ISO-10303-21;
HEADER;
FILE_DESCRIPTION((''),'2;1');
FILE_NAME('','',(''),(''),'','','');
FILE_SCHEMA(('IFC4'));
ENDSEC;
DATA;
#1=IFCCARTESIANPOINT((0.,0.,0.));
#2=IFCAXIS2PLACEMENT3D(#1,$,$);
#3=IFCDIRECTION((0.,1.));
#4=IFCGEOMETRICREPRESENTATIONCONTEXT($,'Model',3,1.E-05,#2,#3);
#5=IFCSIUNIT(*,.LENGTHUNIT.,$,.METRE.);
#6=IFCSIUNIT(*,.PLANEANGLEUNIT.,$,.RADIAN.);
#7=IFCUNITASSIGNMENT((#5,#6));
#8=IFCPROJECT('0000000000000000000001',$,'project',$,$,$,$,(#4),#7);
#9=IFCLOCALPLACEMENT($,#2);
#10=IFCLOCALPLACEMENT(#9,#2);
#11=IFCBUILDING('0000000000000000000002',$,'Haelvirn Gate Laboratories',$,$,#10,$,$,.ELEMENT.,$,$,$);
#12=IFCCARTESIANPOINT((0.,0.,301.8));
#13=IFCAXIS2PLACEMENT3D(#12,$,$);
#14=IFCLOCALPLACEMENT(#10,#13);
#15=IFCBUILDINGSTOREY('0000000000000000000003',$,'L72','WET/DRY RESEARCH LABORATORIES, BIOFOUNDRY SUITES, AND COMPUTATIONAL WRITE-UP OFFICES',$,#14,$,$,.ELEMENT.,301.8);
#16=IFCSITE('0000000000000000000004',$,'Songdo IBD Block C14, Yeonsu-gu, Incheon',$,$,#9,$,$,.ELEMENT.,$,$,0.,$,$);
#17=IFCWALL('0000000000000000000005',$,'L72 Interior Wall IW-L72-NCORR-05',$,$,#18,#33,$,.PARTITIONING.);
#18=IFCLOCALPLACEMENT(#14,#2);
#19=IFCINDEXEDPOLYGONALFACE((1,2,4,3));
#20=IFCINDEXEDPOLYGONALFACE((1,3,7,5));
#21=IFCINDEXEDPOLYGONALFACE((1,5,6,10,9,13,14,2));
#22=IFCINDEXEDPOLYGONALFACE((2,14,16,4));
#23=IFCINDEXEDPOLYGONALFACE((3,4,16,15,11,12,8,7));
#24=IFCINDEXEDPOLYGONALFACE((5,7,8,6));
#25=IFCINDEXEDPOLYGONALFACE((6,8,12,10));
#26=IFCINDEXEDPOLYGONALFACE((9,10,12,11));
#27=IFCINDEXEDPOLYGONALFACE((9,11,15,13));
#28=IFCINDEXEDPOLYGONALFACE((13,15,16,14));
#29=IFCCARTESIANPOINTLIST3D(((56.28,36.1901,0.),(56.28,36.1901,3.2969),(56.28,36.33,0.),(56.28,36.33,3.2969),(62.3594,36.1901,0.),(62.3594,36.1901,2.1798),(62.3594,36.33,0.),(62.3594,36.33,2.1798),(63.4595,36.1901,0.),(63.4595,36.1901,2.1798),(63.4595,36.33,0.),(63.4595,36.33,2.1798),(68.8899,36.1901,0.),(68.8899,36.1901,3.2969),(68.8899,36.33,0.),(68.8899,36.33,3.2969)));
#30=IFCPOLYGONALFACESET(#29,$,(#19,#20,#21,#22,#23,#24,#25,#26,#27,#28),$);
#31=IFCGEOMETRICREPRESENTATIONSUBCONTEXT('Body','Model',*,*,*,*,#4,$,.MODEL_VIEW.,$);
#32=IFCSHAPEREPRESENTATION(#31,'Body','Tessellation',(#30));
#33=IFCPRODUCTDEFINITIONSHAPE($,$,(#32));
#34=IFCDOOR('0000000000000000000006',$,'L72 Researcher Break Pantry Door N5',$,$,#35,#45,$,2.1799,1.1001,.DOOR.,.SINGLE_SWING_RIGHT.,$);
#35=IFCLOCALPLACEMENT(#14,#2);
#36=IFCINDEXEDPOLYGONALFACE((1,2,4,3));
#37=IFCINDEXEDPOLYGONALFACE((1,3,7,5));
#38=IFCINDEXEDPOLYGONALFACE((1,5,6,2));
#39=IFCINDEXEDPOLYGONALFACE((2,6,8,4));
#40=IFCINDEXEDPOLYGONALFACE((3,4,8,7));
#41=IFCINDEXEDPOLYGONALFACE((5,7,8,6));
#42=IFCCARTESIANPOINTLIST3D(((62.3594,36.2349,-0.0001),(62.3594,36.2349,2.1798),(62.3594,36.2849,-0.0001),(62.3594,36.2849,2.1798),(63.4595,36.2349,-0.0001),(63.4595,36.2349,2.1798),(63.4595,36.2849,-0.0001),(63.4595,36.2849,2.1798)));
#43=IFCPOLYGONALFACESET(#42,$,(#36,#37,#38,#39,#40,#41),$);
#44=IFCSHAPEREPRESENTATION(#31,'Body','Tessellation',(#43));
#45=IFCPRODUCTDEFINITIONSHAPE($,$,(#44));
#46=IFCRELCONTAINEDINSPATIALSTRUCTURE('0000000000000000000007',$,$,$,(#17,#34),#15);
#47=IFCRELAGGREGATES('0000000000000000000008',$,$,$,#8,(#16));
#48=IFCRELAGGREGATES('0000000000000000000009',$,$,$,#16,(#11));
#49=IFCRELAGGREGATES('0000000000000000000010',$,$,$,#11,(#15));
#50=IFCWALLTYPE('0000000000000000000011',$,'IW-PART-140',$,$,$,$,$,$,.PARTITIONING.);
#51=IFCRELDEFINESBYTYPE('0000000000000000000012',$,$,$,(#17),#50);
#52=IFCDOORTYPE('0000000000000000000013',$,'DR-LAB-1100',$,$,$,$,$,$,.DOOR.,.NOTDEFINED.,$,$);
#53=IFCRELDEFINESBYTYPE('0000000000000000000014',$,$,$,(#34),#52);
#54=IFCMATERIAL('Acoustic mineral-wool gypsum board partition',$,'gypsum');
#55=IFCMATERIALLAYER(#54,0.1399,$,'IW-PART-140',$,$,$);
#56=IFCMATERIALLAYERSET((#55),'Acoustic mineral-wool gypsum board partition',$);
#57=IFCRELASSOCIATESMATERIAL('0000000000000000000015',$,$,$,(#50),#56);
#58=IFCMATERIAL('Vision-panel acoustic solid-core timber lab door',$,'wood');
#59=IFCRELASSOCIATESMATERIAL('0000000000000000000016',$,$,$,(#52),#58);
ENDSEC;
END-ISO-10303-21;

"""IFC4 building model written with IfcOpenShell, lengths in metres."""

from ifc_helpers import new_model, si_unit, direction, frame, frame_2d, origin, place, context, subcontext, project, spatial, rectangle, extrude, source, transform, mapped, material, layer, layer_set, type_object, type_shapes, element, fill, save


model = new_model("IFC4")

# Units and contexts
model_context = context("Model", 3, precision=1e-05, world=origin(), true_north=direction((0.0, 1.0)))
body_context = subcontext(model_context, "Body", "Model", "MODEL_VIEW")
ifc_project = project(units=[si_unit("LENGTHUNIT", "METRE"), si_unit("PLANEANGLEUNIT", "RADIAN")], contexts=[model_context])

# Site, building, storey
site_placement = place(None, origin())
site = spatial("IfcSite", under=ifc_project, at=site_placement, Name="Songdo IBD Block C14, Yeonsu-gu, Incheon", CompositionType="ELEMENT", RefElevation=0.0)
building_placement = place(site_placement, origin())
building = spatial("IfcBuilding", under=site, at=building_placement, Name="Haelvirn Gate Laboratories", CompositionType="ELEMENT")
storey_placement = place(building_placement, frame((0.0, 0.0, 301.8)))
storey = spatial("IfcBuildingStorey", under=building, at=storey_placement, Name="L72", Description="WET/DRY RESEARCH LABORATORIES, BIOFOUNDRY SUITES, AND COMPUTATIONAL WRITE-UP OFFICES", CompositionType="ELEMENT", Elevation=301.8)

# Wall, opening, door
ifc_material_1 = material(Name="Acoustic mineral-wool gypsum board partition", Category="gypsum")
ifc_layer_1 = layer(ifc_material_1, 0.1399, Name="IW-PART-140")
ifc_layer_set_1 = layer_set([ifc_layer_1], Name="Acoustic mineral-wool gypsum board partition")
wall_type_1 = type_object("IfcWallType", Name="IW-PART-140", PredefinedType="PARTITIONING", material=ifc_layer_set_1)
wall_1_placement = place(storey_placement, frame((56.28, 36.26, 0.0), z_axis=(0.0, 0.0, 1.0), x_axis=(1.0, 0.0, 0.0)))
wall_1 = element("IfcWall", 1, at=wall_1_placement, inside=storey, type_object=wall_type_1, Name="L72 Interior Wall IW-L72-NCORR-05", PredefinedType="PARTITIONING", context=body_context, shape_type="SweptSolid", body=[
    extrude(rectangle(XDim=12.6099, YDim=0.1399, at=frame_2d((6.3049, 0.0))), origin(), (0.0, 0.0, 1.0), 3.2969),
])
opening_placement = place(wall_1_placement, frame((6.0793, 0.0, 0.0)))
opening = element("IfcOpeningElement", 2, at=opening_placement, cuts=wall_1, PredefinedType="OPENING", context=body_context, shape_type="SweptSolid", body=[
    extrude(rectangle(XDim=1.1001, YDim=2.1799, at=frame_2d((0.55, 1.0898))), frame((0.0, 0.0801, 0.0), z_axis=(0.0, -1.0, 0.0), x_axis=(1.0, 0.0, 0.0)), (0.0, 0.0, 1.0), 0.1599),
])
ifc_material_2 = material(Name="Vision-panel acoustic solid-core timber lab door", Category="wood")
door_type = type_object("IfcDoorType", Name="DR-LAB-1100", OperationType="NOTDEFINED", PredefinedType="DOOR", material=ifc_material_2)
shared_shape_1 = source(origin(), body_context, "Body", "SweptSolid", [
    extrude(rectangle(XDim=1.1001, YDim=2.1799, at=frame_2d((0.55, 1.0898))), frame((0.0, 0.0249, 0.0), z_axis=(0.0, -1.0, 0.0), x_axis=(1.0, 0.0, 0.0)), (0.0, 0.0, 1.0), 0.05),
])
type_shapes(door_type, [shared_shape_1])
door_placement = place(opening_placement, origin())
door = element("IfcDoor", 3, at=door_placement, inside=storey, type_object=door_type, Name="L72 Researcher Break Pantry Door N5", OperationType="SINGLE_SWING_RIGHT", OverallHeight=2.1799, OverallWidth=1.1001, PredefinedType="DOOR", context=body_context, shape_type="MappedRepresentation", body=[
    mapped(shared_shape_1, transform((0.0, 0.0, 0.0), scale=1.0)),
])
fill(opening, door)

save(model, "model.ifc")
